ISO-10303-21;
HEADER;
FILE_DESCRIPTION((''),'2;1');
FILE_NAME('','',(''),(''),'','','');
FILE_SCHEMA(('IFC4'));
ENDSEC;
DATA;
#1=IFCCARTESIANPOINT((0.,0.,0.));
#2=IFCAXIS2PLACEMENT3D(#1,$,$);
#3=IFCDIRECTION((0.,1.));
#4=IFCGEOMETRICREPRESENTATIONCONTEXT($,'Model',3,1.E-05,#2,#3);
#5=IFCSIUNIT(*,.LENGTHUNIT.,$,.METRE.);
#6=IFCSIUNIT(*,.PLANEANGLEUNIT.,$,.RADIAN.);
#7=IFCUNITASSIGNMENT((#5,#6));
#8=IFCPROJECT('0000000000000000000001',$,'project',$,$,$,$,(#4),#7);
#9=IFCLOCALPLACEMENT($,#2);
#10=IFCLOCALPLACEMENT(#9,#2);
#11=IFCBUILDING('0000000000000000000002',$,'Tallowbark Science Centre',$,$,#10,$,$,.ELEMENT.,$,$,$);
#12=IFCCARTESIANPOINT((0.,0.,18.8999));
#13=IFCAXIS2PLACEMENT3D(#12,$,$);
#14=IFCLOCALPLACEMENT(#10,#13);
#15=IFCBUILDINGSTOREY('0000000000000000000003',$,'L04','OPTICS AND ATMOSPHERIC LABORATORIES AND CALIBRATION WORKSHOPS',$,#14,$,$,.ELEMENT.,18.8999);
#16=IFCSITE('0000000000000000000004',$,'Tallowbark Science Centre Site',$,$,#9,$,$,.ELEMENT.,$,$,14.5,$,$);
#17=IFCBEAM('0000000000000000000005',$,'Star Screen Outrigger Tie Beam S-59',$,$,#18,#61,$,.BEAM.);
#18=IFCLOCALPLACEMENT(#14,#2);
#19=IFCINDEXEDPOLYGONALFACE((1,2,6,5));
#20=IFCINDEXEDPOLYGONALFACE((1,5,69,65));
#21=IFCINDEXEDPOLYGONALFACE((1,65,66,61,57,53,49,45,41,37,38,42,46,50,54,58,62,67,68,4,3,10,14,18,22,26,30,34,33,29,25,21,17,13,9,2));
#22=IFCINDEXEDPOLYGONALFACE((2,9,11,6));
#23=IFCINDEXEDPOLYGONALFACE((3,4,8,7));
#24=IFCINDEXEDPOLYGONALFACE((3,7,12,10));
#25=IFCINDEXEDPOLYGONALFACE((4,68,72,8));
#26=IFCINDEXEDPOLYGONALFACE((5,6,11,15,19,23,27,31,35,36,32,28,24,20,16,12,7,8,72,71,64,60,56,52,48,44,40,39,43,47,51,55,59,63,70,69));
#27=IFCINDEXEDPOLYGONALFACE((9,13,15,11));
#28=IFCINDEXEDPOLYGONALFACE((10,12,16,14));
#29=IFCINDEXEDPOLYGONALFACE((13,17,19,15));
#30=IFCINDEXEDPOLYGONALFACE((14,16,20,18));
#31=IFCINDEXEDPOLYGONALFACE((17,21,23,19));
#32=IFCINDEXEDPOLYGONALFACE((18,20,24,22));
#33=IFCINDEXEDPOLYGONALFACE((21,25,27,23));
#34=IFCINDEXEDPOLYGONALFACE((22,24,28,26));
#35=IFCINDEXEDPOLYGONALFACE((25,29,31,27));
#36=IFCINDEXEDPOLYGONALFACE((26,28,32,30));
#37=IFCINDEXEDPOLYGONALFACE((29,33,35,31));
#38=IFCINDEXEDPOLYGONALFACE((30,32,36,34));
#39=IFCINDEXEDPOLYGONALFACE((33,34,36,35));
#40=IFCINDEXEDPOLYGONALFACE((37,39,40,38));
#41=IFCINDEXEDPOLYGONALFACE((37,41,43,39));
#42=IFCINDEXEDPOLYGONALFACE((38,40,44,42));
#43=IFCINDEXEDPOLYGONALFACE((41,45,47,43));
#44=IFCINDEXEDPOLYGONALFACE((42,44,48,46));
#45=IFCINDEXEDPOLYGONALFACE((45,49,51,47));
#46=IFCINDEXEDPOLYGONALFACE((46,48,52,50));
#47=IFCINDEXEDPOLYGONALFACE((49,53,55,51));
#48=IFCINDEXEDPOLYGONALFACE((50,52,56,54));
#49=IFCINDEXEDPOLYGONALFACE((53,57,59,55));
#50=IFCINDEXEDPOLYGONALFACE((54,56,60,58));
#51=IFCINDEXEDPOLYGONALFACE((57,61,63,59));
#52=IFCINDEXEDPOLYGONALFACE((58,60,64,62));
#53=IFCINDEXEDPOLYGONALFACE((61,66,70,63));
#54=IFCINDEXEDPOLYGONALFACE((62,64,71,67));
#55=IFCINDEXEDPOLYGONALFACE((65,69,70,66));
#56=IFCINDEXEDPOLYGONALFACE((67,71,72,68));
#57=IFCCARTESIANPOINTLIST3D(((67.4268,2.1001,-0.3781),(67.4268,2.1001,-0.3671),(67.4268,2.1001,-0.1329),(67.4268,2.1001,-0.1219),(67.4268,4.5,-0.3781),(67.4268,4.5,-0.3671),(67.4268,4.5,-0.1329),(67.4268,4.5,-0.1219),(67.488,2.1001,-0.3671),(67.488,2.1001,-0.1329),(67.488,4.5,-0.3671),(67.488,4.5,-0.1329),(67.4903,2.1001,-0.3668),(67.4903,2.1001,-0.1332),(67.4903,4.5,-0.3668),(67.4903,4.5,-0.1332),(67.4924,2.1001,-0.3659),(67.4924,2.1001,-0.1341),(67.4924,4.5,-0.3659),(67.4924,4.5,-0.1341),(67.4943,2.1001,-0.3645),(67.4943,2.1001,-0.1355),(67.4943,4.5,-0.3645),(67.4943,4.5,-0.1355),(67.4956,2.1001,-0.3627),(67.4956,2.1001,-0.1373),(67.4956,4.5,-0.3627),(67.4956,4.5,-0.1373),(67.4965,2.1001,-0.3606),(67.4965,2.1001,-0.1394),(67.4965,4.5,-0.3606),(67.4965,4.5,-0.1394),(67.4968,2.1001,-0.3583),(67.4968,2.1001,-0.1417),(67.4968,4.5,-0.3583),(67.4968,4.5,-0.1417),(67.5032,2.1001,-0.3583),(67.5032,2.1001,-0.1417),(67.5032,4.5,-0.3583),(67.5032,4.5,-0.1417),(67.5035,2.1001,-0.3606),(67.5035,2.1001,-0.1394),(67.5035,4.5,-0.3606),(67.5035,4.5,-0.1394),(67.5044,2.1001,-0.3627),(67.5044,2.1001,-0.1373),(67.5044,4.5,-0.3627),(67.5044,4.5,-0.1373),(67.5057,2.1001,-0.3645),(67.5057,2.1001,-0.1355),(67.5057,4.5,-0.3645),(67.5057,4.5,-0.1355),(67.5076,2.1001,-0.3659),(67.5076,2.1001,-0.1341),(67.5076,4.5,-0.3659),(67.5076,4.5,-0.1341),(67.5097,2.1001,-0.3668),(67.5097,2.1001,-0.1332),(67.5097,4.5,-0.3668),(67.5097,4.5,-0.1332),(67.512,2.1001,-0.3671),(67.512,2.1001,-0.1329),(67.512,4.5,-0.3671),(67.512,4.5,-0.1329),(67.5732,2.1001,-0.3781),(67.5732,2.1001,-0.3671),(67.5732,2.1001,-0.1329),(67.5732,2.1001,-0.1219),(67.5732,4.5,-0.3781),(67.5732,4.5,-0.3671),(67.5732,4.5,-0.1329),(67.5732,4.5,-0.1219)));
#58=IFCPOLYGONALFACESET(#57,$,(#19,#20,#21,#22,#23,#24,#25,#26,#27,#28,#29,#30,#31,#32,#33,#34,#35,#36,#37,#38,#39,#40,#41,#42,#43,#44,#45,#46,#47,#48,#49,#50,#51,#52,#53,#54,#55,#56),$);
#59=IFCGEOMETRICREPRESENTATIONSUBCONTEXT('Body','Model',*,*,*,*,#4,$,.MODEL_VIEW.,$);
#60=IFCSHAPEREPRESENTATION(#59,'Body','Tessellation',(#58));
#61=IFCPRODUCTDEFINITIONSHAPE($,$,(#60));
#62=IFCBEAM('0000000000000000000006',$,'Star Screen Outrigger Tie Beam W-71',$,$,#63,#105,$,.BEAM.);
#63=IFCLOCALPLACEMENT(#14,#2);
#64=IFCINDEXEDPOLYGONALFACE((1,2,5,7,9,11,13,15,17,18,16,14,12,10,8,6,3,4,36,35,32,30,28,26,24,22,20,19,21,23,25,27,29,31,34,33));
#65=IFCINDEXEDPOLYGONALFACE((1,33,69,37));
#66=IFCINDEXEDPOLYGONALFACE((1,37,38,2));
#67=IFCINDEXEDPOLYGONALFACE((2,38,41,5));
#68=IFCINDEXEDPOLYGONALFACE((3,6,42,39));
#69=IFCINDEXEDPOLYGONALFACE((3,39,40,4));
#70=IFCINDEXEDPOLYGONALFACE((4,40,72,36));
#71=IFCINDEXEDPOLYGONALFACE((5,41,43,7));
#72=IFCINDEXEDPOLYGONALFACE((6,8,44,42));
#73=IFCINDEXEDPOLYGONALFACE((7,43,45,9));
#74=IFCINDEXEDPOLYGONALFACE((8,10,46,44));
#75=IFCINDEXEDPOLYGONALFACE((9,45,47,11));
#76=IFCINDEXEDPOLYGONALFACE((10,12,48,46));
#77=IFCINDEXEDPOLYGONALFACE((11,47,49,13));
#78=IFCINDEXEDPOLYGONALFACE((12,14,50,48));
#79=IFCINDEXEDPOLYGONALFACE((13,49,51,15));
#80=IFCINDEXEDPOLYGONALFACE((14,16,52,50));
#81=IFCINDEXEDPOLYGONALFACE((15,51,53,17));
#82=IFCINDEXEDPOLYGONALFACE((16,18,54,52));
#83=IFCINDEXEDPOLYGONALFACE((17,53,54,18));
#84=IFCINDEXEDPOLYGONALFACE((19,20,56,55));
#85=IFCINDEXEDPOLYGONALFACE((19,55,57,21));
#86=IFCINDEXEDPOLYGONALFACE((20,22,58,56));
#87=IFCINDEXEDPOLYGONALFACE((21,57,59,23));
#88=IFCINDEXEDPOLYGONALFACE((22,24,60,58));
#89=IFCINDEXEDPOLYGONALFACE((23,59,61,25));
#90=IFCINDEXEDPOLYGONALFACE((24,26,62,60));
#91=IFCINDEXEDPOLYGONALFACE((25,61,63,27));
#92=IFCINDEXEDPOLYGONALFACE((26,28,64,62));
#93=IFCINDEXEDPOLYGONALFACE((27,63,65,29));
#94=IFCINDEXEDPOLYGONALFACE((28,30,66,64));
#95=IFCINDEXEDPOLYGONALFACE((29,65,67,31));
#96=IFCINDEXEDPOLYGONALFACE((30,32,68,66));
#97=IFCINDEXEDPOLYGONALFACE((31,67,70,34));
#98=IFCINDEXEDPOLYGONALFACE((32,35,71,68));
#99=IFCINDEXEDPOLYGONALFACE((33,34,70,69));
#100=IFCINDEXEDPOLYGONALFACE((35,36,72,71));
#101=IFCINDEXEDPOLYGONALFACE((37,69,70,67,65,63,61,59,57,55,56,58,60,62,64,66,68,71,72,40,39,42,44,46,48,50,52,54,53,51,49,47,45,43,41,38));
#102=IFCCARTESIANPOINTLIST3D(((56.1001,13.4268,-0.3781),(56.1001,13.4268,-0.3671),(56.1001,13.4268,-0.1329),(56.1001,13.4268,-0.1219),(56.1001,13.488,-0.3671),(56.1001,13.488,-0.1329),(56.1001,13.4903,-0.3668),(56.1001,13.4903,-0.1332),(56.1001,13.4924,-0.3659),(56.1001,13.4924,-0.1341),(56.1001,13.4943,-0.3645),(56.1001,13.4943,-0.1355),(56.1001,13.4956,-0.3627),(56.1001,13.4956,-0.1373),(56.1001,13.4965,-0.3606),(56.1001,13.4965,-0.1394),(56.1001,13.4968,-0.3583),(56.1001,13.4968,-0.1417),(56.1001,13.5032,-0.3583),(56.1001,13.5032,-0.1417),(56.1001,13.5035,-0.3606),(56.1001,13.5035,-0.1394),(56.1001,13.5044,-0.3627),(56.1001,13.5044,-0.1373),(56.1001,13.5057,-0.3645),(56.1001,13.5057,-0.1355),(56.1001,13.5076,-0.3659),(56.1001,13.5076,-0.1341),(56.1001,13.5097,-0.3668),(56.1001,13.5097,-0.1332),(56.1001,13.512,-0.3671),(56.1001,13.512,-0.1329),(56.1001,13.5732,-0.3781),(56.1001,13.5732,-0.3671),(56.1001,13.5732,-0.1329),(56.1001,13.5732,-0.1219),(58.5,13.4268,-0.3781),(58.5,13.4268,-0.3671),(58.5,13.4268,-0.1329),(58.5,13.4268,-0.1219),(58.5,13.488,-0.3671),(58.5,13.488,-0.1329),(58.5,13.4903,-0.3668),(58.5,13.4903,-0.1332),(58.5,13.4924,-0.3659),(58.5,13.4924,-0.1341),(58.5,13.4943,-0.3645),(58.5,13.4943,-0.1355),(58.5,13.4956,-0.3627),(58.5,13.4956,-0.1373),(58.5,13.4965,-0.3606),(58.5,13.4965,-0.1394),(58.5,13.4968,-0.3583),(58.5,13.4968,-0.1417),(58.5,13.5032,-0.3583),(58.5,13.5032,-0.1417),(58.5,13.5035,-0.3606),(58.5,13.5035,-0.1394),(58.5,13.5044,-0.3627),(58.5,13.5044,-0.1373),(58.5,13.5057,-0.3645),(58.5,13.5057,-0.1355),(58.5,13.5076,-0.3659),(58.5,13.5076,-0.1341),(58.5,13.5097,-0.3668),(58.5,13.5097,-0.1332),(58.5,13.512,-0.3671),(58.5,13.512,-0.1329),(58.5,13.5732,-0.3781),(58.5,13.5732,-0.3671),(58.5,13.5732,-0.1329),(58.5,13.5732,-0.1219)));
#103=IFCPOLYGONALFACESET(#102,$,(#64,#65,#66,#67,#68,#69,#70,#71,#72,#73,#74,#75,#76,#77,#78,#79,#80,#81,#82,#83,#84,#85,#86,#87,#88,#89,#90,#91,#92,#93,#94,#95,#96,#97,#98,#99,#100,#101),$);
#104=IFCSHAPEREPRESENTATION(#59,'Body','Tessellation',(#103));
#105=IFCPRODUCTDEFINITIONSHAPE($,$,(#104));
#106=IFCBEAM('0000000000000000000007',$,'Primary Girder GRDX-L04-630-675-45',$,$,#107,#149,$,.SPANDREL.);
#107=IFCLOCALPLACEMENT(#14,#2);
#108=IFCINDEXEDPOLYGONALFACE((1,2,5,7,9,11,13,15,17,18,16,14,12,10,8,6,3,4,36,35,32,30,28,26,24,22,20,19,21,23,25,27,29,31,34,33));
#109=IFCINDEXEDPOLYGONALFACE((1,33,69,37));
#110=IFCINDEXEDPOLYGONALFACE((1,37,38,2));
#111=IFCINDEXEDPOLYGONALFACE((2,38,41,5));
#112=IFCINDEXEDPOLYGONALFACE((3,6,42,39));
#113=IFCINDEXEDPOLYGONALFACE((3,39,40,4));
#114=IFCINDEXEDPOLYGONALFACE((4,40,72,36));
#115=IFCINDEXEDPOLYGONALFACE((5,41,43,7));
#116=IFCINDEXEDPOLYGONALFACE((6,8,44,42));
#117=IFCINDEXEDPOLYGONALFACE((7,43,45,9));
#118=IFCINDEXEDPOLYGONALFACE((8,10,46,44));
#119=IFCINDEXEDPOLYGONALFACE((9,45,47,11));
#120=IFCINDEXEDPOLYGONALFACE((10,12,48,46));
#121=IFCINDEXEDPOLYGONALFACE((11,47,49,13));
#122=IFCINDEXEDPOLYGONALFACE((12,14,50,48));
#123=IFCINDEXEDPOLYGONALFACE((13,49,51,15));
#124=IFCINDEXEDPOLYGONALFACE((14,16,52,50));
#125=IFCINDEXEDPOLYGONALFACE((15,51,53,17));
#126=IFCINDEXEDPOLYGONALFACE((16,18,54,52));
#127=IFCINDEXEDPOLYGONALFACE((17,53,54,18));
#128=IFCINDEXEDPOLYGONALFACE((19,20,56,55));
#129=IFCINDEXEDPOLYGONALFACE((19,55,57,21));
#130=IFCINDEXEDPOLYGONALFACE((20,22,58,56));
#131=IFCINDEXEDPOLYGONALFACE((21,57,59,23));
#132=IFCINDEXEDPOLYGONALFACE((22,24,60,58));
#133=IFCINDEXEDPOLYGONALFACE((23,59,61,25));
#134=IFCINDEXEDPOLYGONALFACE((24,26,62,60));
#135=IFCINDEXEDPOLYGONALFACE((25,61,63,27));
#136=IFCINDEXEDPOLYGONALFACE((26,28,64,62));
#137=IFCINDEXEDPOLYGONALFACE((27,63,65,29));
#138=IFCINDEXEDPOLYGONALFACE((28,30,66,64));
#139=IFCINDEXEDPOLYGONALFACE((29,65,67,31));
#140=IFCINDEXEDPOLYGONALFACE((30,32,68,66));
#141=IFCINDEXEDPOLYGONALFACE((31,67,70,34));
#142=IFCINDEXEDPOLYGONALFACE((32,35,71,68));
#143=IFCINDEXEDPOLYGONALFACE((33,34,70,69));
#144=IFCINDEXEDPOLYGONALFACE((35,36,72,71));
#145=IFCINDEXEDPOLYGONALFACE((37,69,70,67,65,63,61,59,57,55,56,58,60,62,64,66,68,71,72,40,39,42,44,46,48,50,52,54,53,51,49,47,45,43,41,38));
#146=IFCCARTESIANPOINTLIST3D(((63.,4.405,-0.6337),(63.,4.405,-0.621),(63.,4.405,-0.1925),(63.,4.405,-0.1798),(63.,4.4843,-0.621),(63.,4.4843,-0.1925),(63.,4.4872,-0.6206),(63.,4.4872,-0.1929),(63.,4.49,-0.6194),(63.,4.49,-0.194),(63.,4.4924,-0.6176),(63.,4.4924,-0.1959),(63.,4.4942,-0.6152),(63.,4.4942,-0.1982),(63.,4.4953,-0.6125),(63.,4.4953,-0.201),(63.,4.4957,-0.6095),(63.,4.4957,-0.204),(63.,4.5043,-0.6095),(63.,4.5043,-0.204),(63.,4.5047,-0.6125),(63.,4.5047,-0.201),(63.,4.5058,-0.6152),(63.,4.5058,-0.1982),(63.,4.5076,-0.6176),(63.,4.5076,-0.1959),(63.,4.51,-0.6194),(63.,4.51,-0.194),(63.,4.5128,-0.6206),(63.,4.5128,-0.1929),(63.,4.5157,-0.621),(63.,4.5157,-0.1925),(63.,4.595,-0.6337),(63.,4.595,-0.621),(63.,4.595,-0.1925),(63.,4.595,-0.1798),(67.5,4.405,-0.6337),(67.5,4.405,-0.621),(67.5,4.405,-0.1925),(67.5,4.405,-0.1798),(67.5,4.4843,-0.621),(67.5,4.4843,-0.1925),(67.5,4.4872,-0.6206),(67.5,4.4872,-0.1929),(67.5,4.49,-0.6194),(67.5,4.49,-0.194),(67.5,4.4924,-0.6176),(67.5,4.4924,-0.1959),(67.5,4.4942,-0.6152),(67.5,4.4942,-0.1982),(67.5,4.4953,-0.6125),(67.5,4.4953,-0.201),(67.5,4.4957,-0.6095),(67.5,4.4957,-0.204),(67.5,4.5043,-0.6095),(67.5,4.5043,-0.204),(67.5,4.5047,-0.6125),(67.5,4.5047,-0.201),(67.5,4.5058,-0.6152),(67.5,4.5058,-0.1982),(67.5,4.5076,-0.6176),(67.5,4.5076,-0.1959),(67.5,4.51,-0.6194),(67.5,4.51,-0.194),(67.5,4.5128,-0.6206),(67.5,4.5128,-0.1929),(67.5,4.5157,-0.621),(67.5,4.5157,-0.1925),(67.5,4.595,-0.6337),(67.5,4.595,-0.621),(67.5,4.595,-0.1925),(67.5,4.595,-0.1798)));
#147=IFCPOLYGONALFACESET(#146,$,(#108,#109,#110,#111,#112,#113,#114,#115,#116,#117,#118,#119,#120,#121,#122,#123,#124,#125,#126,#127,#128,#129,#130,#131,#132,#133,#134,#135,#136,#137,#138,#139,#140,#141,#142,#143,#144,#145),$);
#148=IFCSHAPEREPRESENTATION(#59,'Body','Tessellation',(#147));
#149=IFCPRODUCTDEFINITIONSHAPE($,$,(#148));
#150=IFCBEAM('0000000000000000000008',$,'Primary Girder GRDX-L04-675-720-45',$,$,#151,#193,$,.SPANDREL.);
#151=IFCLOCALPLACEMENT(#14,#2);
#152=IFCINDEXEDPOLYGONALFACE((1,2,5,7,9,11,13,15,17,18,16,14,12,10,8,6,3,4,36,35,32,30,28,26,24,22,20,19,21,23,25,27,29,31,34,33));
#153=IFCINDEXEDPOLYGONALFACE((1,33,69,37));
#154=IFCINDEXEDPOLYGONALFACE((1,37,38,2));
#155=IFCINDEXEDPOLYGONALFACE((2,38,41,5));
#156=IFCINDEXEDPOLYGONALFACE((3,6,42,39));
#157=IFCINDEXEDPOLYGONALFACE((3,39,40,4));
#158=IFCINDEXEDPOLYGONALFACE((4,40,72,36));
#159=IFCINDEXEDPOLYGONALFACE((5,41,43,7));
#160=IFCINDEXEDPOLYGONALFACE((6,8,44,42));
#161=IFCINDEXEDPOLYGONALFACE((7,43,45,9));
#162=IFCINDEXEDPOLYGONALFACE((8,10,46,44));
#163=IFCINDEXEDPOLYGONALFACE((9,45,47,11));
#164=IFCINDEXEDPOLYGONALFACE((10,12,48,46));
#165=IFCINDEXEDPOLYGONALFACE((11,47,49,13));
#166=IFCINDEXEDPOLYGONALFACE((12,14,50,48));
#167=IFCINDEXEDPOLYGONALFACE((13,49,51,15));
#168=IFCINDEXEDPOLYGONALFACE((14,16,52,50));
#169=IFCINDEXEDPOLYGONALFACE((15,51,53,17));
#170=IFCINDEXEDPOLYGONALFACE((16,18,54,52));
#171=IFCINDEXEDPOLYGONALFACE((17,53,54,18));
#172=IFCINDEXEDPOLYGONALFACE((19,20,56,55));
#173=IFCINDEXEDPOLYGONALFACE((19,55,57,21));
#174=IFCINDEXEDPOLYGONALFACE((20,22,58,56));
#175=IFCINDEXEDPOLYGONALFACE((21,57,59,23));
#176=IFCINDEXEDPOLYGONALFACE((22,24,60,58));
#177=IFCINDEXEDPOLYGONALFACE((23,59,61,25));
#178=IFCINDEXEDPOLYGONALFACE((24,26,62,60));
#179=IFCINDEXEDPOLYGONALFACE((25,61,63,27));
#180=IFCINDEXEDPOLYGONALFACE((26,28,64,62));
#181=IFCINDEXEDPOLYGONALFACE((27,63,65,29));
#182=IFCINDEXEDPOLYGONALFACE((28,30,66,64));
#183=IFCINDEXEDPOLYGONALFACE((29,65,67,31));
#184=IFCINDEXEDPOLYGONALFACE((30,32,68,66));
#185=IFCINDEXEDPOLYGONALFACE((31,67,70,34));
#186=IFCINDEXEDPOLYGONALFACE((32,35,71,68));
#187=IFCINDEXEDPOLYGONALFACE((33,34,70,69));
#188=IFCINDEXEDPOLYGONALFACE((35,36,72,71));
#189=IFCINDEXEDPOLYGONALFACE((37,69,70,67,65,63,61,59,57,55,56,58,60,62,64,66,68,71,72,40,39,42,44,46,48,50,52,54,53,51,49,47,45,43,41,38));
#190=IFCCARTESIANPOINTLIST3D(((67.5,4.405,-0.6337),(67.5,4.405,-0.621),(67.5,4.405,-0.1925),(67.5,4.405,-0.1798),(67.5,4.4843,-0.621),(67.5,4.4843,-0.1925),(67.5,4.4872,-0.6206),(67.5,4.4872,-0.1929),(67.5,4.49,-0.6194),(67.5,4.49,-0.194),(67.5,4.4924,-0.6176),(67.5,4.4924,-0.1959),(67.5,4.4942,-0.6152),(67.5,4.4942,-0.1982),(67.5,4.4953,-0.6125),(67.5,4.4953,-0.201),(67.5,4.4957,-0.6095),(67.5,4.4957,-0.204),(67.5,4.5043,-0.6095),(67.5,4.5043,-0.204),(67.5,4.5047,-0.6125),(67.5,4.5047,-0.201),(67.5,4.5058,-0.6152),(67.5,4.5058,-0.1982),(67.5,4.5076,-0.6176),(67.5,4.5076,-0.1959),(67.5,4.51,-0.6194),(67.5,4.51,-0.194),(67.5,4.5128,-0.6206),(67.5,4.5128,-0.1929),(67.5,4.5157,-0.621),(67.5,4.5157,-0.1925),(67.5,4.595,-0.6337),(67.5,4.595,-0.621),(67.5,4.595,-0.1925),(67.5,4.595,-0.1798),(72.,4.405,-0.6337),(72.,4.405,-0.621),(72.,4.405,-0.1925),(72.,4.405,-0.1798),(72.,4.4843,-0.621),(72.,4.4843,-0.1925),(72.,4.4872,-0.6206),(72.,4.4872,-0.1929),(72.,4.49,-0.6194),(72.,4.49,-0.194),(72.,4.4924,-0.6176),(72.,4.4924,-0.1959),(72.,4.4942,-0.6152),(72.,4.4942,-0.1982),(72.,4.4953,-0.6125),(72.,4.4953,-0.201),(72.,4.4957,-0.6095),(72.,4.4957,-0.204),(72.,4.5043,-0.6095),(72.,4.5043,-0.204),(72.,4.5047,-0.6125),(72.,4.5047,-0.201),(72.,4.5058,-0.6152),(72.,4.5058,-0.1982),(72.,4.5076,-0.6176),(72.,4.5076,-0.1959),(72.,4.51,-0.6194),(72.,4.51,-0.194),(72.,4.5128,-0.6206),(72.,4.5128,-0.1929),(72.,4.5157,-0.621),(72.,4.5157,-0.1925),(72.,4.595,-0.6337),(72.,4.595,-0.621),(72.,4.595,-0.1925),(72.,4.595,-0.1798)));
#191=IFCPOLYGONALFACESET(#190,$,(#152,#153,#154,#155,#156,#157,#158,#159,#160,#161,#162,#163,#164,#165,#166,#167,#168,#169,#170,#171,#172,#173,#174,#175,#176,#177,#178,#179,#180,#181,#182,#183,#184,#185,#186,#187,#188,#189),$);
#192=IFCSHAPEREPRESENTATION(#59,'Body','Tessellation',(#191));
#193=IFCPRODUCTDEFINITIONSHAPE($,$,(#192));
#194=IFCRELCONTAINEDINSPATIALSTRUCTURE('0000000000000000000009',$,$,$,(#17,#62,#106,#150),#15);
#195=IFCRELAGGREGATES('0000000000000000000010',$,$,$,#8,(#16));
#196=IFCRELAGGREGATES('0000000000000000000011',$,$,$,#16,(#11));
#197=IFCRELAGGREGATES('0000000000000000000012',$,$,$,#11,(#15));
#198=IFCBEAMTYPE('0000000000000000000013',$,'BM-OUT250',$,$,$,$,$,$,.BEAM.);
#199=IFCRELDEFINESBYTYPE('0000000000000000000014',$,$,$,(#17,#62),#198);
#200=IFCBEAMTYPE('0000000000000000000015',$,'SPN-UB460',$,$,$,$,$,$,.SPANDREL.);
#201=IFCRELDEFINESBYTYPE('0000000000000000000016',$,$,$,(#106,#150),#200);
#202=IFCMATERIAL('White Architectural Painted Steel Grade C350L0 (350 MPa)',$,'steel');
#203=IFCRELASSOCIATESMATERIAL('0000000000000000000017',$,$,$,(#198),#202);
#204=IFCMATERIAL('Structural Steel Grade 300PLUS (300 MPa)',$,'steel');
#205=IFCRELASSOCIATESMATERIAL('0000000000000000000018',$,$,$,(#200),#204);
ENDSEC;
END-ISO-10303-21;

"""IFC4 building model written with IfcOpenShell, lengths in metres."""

from ifc_helpers import new_model, si_unit, direction, frame, origin, origin_2d, place, context, subcontext, project, spatial, i_section, extrude, material, material_profile, profile_set, type_object, element, save


model = new_model("IFC4")

# Units and contexts
model_context = context("Model", 3, precision=1e-05, world=origin(), true_north=direction((0.0, 1.0)))
body_context = subcontext(model_context, "Body", "Model", "MODEL_VIEW")
ifc_project = project(units=[si_unit("LENGTHUNIT", "METRE"), si_unit("PLANEANGLEUNIT", "RADIAN")], contexts=[model_context])

# Site, building, storey
site_placement = place(None, origin())
site = spatial("IfcSite", under=ifc_project, at=site_placement, Name="Tallowbark Science Centre Site", CompositionType="ELEMENT", RefElevation=14.5)
building_placement = place(site_placement, origin())
building = spatial("IfcBuilding", under=site, at=building_placement, Name="Tallowbark Science Centre", CompositionType="ELEMENT")
storey_placement = place(building_placement, frame((0.0, 0.0, 18.8999)))
storey = spatial("IfcBuildingStorey", under=building, at=storey_placement, Name="L04", Description="OPTICS AND ATMOSPHERIC LABORATORIES AND CALIBRATION WORKSHOPS", CompositionType="ELEMENT", Elevation=18.8999)

# Shared definitions
ifc_material_1 = material(Name="Structural Steel Grade 300PLUS (300 MPa)", Category="steel")

# Beams
ifc_material_2 = material(Name="White Architectural Painted Steel Grade C350L0 (350 MPa)", Category="steel")
ifc_material_profile_1 = material_profile(ifc_material_2, i_section(OverallWidth=0.1465, OverallDepth=0.2561, WebThickness=0.0063, FlangeThickness=0.011, FilletRadius=0.0088, at=origin_2d()), Name="250UB37.3")
ifc_profile_set_1 = profile_set([ifc_material_profile_1], Name="White Architectural Painted Steel Grade C350L0 (350 MPa)")
beam_type_1 = type_object("IfcBeamType", Name="BM-OUT250", PredefinedType="BEAM", material=ifc_profile_set_1)
for number, where, z_axis, x_axis, name in (
    (1, (67.5, 4.5, -0.25), (0.0, -1.0, 0.0), (1.0, 0.0, 0.0), "Star Screen Outrigger Tie Beam S-59"),
    (2, (58.5, 13.5, -0.25), (-1.0, 0.0, 0.0), (0.0, -1.0, 0.0), "Star Screen Outrigger Tie Beam W-71"),
):
    element("IfcBeam", number, at=place(storey_placement, frame(where, z_axis=z_axis, x_axis=x_axis)), inside=storey, type_object=beam_type_1, Name=name, PredefinedType="BEAM", context=body_context, shape_type="SweptSolid", body=[
        extrude(i_section(OverallWidth=0.1465, OverallDepth=0.2561, WebThickness=0.0063, FlangeThickness=0.011, FilletRadius=0.0088, at=origin_2d()), origin(), (0.0, 0.0, 1.0), 2.3999),
    ])
ifc_material_profile_2 = material_profile(ifc_material_1, i_section(OverallWidth=0.1899, OverallDepth=0.4539, WebThickness=0.0085, FlangeThickness=0.0127, FilletRadius=0.0115, at=origin_2d()), Name="460UB67.1")
ifc_profile_set_2 = profile_set([ifc_material_profile_2], Name="Structural Steel Grade 300PLUS (300 MPa)")
beam_type_2 = type_object("IfcBeamType", Name="SPN-UB460", PredefinedType="SPANDREL", material=ifc_profile_set_2)
for number, where, z_axis, x_axis, name in (
    (3, (63.0, 4.5, -0.4067), (1.0, 0.0, 0.0), (0.0, 1.0, 0.0), "Primary Girder GRDX-L04-630-675-45"),
    (4, (67.5, 4.5, -0.4067), (1.0, 0.0, 0.0), (0.0, 1.0, 0.0), "Primary Girder GRDX-L04-675-720-45"),
):
    element("IfcBeam", number, at=place(storey_placement, frame(where, z_axis=z_axis, x_axis=x_axis)), inside=storey, type_object=beam_type_2, Name=name, PredefinedType="SPANDREL", context=body_context, shape_type="SweptSolid", body=[
        extrude(i_section(OverallWidth=0.1899, OverallDepth=0.4539, WebThickness=0.0085, FlangeThickness=0.0127, FilletRadius=0.0115, at=origin_2d()), origin(), (0.0, 0.0, 1.0), 4.5),
    ])

save(model, "model.ifc")
